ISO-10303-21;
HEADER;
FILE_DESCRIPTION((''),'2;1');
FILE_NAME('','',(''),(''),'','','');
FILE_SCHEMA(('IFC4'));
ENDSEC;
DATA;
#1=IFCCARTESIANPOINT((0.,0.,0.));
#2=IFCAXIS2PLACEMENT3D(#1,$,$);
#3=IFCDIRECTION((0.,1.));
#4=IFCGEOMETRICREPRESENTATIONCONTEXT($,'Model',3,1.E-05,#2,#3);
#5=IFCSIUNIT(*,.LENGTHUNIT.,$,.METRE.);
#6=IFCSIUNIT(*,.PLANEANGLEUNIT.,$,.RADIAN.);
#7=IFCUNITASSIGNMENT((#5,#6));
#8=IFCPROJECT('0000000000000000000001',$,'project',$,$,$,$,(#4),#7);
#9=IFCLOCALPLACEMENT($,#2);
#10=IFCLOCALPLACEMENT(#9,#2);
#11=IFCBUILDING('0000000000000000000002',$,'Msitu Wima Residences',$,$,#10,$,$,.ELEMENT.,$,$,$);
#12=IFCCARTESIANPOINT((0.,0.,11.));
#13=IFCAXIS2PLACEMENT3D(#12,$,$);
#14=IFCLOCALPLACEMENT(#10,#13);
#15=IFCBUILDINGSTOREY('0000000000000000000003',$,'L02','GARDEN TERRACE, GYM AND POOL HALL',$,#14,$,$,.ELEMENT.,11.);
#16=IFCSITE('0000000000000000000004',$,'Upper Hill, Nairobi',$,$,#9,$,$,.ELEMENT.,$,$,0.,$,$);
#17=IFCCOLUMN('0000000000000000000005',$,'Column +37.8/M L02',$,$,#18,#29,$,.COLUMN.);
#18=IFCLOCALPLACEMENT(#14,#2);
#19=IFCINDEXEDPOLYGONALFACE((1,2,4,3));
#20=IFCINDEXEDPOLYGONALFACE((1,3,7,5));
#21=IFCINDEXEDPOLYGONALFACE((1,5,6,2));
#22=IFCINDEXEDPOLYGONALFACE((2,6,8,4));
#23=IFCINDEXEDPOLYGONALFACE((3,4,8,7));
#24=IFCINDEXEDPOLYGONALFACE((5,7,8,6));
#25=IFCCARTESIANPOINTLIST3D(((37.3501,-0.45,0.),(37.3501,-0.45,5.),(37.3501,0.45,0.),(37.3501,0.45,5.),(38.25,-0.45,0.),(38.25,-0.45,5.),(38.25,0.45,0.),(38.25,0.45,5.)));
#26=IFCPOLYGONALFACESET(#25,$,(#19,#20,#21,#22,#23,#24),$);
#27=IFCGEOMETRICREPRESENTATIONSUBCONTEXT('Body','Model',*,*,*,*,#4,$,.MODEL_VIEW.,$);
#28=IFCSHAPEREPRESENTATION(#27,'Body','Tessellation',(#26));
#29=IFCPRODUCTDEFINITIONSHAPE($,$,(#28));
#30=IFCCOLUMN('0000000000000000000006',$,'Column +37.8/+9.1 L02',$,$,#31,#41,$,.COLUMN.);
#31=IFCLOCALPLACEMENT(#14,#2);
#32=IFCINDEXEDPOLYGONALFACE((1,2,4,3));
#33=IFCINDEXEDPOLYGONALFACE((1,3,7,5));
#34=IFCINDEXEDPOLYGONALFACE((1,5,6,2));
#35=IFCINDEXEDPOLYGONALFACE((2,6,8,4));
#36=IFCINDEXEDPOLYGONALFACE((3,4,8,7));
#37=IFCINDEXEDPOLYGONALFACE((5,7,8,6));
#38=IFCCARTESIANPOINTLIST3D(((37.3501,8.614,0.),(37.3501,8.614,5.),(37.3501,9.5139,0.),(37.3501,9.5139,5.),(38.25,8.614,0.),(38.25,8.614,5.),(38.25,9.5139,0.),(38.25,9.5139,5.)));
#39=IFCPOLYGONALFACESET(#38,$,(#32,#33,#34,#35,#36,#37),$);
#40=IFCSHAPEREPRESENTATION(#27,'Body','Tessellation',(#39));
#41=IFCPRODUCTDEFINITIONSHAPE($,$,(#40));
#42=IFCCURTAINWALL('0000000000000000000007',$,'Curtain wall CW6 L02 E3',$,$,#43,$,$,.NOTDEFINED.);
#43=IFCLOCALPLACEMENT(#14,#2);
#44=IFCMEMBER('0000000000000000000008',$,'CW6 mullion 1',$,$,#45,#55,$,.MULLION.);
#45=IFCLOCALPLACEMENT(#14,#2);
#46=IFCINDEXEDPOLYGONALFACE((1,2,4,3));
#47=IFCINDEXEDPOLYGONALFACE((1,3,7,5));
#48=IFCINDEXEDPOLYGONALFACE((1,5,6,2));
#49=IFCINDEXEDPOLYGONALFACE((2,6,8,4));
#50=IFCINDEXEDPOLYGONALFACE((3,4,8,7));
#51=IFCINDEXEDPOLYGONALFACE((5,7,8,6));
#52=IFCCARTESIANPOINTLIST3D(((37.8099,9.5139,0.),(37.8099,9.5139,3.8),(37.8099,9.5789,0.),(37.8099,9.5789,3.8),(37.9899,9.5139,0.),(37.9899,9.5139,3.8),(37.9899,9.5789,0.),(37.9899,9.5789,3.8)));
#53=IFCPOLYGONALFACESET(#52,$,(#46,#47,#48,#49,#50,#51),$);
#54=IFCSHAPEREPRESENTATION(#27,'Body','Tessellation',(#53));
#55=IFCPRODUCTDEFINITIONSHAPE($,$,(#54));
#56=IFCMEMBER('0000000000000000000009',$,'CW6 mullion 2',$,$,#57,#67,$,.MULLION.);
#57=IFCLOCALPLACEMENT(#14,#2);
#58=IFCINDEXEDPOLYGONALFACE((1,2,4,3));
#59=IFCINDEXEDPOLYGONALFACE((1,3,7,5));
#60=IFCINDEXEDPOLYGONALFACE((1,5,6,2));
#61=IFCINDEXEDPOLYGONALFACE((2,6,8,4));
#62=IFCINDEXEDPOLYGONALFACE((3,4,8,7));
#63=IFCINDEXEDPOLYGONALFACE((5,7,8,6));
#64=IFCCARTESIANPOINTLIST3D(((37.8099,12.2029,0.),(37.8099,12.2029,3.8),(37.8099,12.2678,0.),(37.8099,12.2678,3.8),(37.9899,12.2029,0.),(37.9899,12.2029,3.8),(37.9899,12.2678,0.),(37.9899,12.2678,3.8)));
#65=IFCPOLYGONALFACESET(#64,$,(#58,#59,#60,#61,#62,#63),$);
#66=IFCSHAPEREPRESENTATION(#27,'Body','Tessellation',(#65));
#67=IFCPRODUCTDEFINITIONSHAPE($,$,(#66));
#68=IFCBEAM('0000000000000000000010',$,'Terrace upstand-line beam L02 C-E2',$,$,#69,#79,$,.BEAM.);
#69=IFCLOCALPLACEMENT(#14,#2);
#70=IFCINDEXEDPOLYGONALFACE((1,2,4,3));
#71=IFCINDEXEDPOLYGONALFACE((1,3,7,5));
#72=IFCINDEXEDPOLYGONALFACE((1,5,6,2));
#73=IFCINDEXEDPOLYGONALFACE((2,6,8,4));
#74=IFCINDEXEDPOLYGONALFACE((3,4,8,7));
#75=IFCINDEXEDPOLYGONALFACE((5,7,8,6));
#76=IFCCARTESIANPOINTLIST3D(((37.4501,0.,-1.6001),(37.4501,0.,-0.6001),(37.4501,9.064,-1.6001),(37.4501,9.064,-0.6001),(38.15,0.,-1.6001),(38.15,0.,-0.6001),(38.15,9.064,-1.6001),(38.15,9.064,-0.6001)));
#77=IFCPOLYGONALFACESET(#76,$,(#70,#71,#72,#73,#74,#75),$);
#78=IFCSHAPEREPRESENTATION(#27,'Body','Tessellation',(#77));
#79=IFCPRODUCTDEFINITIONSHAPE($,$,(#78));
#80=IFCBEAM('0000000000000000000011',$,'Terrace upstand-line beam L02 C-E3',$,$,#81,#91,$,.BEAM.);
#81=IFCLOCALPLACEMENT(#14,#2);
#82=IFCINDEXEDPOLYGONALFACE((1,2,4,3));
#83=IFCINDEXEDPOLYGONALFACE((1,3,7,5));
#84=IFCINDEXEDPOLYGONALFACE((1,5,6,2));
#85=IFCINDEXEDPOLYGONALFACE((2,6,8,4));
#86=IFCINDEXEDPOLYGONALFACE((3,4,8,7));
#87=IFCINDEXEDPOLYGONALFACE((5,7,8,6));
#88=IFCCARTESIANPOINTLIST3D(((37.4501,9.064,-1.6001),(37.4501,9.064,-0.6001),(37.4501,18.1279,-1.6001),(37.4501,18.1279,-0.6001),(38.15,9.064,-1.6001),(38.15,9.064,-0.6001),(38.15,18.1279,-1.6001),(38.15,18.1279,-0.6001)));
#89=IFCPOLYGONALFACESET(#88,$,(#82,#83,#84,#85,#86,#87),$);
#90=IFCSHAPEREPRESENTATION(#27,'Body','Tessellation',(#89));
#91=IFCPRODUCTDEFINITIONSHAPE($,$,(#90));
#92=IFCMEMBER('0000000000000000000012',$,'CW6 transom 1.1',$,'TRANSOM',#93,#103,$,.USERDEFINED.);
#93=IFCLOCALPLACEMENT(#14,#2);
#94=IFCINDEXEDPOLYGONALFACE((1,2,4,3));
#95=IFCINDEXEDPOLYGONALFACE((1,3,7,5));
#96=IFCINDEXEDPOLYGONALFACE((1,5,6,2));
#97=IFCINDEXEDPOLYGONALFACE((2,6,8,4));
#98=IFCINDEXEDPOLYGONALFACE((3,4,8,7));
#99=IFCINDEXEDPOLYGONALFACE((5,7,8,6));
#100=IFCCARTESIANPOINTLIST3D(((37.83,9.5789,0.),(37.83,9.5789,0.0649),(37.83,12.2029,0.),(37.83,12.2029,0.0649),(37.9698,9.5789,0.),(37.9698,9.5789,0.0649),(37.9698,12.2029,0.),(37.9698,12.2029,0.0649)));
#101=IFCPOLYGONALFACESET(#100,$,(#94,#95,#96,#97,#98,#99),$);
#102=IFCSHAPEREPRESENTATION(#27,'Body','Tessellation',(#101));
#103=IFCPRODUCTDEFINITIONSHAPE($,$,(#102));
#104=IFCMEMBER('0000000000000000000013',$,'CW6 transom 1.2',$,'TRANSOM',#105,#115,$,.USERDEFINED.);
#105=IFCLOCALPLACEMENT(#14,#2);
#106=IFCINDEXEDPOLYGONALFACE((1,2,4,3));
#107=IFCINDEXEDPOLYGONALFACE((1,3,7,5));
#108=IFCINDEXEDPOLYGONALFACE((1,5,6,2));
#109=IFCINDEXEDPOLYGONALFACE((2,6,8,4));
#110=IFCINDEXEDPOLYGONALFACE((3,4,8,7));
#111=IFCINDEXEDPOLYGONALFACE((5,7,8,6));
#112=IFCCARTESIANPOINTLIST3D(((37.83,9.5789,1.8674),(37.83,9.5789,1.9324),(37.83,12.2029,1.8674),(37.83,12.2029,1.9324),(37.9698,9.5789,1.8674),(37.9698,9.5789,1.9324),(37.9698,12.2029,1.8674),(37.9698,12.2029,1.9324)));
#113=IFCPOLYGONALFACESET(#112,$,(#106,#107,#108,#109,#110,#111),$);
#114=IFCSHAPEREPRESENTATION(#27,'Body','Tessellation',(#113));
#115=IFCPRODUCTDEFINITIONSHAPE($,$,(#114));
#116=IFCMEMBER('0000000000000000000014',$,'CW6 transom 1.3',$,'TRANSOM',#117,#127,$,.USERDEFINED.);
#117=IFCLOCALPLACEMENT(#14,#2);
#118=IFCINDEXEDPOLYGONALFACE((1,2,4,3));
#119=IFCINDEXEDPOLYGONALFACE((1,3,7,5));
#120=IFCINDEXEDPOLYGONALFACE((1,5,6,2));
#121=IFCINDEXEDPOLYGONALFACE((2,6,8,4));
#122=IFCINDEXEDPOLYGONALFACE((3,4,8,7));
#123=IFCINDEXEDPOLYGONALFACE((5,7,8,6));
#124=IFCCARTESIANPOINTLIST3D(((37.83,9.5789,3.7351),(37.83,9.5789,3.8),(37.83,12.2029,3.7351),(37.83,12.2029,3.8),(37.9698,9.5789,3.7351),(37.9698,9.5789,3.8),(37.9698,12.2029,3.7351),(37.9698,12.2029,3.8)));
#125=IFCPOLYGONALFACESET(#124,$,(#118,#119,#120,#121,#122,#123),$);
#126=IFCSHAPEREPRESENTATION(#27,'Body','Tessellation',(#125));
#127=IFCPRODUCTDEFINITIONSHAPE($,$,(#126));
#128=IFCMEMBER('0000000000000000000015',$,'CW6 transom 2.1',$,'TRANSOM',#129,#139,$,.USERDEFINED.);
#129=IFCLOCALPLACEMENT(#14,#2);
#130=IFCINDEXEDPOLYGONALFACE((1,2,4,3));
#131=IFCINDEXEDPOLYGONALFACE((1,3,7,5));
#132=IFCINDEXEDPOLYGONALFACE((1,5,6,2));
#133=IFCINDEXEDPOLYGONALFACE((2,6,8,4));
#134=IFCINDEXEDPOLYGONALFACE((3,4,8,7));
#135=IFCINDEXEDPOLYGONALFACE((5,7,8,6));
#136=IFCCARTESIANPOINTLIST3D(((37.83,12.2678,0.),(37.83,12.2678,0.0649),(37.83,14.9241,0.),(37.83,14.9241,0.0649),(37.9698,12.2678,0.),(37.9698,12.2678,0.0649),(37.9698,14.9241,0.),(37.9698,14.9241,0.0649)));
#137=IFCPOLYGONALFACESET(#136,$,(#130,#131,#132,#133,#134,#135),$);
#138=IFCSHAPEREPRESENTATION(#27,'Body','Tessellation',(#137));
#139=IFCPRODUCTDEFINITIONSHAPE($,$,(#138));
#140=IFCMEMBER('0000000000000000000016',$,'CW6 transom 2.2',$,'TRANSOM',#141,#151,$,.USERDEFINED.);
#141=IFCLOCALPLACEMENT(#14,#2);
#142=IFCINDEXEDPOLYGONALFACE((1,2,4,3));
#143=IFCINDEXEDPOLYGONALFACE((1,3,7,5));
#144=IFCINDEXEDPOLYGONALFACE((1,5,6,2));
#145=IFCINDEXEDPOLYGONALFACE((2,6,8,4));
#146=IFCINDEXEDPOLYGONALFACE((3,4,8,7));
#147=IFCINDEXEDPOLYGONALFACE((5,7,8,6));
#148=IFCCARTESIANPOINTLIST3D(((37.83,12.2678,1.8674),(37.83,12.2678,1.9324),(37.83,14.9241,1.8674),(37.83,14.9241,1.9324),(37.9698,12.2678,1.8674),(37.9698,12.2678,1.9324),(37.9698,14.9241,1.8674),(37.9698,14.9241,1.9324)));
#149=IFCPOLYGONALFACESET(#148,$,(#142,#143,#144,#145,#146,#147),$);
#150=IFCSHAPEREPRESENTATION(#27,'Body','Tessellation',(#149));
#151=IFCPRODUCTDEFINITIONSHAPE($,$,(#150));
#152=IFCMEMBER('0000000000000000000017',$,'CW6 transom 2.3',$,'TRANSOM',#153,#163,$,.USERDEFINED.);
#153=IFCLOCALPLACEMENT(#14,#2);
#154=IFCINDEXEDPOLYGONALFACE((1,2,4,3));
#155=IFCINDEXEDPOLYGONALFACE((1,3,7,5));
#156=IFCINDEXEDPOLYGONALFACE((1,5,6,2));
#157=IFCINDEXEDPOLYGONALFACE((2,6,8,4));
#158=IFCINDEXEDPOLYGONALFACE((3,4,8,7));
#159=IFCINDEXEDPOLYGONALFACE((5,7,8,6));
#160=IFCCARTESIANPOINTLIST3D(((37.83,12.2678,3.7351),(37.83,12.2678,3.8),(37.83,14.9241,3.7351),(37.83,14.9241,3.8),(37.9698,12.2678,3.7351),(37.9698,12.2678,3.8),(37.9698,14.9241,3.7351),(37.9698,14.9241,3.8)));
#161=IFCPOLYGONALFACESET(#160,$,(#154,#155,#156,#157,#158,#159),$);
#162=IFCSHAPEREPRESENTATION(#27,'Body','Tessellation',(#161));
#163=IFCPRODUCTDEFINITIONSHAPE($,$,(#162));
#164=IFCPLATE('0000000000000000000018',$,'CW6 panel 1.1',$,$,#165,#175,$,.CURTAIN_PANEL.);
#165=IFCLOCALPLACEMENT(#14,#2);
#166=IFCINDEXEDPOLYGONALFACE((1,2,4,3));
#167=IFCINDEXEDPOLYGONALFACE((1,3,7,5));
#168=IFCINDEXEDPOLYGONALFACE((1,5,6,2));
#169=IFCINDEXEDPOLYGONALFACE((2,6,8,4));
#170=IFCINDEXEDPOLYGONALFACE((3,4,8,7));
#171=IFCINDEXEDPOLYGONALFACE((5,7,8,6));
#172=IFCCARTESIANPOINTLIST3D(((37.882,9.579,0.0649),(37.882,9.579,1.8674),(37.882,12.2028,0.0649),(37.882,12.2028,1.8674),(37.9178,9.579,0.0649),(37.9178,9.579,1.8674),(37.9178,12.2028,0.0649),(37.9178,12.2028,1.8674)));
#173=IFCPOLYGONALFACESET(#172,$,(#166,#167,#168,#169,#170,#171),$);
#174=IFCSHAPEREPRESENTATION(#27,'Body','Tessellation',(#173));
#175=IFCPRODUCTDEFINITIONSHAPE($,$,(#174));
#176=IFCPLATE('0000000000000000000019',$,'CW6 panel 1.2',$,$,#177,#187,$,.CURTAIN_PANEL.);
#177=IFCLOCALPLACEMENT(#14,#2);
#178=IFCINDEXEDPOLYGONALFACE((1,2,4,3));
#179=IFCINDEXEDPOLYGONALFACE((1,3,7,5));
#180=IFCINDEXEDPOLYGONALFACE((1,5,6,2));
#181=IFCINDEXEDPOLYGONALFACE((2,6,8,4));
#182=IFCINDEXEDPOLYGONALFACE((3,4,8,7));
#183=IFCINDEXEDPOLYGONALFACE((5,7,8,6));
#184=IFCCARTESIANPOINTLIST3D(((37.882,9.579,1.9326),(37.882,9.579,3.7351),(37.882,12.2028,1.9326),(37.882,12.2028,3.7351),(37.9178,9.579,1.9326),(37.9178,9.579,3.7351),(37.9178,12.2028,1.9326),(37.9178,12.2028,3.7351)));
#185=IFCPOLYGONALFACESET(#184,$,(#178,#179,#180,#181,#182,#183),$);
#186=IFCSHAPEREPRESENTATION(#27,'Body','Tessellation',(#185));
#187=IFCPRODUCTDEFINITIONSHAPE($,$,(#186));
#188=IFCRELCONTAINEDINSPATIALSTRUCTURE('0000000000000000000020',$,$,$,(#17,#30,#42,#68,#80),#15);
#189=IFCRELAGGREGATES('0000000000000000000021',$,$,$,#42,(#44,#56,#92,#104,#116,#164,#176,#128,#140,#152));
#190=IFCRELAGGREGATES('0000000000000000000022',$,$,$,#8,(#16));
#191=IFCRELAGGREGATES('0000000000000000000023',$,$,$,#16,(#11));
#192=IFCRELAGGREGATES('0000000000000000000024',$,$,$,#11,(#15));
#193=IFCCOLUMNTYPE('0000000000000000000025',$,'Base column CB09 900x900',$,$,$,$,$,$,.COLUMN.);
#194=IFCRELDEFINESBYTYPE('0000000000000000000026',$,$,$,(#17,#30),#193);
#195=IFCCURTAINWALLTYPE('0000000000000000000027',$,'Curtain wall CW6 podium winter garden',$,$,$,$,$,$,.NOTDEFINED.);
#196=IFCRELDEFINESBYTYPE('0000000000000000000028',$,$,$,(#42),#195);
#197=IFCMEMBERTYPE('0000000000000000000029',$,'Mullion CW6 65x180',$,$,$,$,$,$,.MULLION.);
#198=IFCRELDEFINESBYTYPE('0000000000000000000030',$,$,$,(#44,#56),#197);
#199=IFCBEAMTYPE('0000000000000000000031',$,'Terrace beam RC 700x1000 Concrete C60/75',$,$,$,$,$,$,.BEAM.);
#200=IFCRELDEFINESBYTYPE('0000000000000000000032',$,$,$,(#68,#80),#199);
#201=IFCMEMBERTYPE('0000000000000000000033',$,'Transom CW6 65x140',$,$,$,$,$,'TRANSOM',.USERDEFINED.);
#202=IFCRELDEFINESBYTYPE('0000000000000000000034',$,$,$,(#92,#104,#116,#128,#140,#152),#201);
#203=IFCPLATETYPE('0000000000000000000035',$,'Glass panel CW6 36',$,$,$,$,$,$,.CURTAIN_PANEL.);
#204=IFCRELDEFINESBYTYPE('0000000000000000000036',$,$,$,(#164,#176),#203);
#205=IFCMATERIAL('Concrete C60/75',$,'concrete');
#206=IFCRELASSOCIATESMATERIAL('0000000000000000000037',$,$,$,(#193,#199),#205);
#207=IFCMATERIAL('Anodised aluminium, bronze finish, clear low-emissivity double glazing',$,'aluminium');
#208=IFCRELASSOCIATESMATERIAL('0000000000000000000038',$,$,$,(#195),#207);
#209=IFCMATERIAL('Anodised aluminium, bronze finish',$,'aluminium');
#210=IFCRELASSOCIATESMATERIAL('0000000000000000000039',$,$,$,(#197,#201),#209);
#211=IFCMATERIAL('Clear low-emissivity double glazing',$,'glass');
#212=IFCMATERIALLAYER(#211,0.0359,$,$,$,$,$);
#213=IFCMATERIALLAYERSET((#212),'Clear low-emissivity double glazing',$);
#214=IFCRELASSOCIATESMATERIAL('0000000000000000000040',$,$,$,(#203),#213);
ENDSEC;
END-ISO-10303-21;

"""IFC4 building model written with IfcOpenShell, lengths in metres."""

from ifc_helpers import new_model, si_unit, direction, frame, origin, origin_2d, place, context, subcontext, project, spatial, rectangle, extrude, material, layer, layer_set, material_profile, profile_set, type_object, element, aggregate, save


model = new_model("IFC4")

# Units and contexts
model_context = context("Model", 3, precision=1e-05, world=origin(), true_north=direction((0.0, 1.0)))
body_context = subcontext(model_context, "Body", "Model", "MODEL_VIEW")
ifc_project = project(units=[si_unit("LENGTHUNIT", "METRE"), si_unit("PLANEANGLEUNIT", "RADIAN")], contexts=[model_context])

# Site, building, storey
site_placement = place(None, origin())
site = spatial("IfcSite", under=ifc_project, at=site_placement, Name="Upper Hill, Nairobi", CompositionType="ELEMENT", RefElevation=0.0)
building_placement = place(site_placement, origin())
building = spatial("IfcBuilding", under=site, at=building_placement, Name="Msitu Wima Residences", CompositionType="ELEMENT")
storey_placement = place(building_placement, frame((0.0, 0.0, 11.0)))
storey = spatial("IfcBuildingStorey", under=building, at=storey_placement, Name="L02", Description="GARDEN TERRACE, GYM AND POOL HALL", CompositionType="ELEMENT", Elevation=11.0)

# Columns
ifc_material_1 = material(Name="Concrete C60/75", Category="concrete")
ifc_material_profile_1 = material_profile(ifc_material_1, rectangle(XDim=0.8999, YDim=0.8999, at=origin_2d()), Name="RC 900x900")
ifc_profile_set_1 = profile_set([ifc_material_profile_1], Name="Concrete C60/75")
column_type = type_object("IfcColumnType", Name="Base column CB09 900x900", PredefinedType="COLUMN", material=ifc_profile_set_1)
for number, where, z_axis, x_axis, name in (
    (1, (37.8, 0.0, 0.0), (0.0, 0.0, 1.0), (1.0, 0.0, 0.0), "Column +37.8/M L02"),
    (2, (37.8, 9.064, 0.0), (0.0, 0.0, 1.0), (1.0, 0.0, 0.0), "Column +37.8/+9.1 L02"),
):
    element("IfcColumn", number, at=place(storey_placement, frame(where, z_axis=z_axis, x_axis=x_axis)), inside=storey, type_object=column_type, Name=name, PredefinedType="COLUMN", context=body_context, shape_type="SweptSolid", body=[
        extrude(rectangle(XDim=0.8999, YDim=0.8999, at=origin_2d()), origin(), (0.0, 0.0, 1.0), 5.0),
    ])

# Curtain wall, members
ifc_material_2 = material(Name="Anodised aluminium, bronze finish, clear low-emissivity double glazing", Category="aluminium")
curtain_wall_type = type_object("IfcCurtainWallType", Name="Curtain wall CW6 podium winter garden", PredefinedType="NOTDEFINED", material=ifc_material_2)
curtain_wall_placement = place(storey_placement, origin())
curtain_wall = element("IfcCurtainWall", 3, at=curtain_wall_placement, inside=storey, type_object=curtain_wall_type, Name="Curtain wall CW6 L02 E3", PredefinedType="NOTDEFINED")
ifc_material_3 = material(Name="Anodised aluminium, bronze finish", Category="aluminium")
ifc_material_profile_2 = material_profile(ifc_material_3, rectangle(XDim=0.1799, YDim=0.0649, at=origin_2d()), Name="Mullion 65x180")
ifc_profile_set_2 = profile_set([ifc_material_profile_2], Name="Anodised aluminium, bronze finish")
member_type_1 = type_object("IfcMemberType", Name="Mullion CW6 65x180", PredefinedType="MULLION", material=ifc_profile_set_2)
member_1_placement = place(storey_placement, frame((37.8999, 9.5464, 0.0), z_axis=(0.0, 0.0, 1.0), x_axis=(-1.0, 0.0, 0.0)))
member_1 = element("IfcMember", 4, at=member_1_placement, type_object=member_type_1, Name="CW6 mullion 1", PredefinedType="MULLION", context=body_context, shape_type="SweptSolid", body=[
    extrude(rectangle(XDim=0.1799, YDim=0.0649, at=origin_2d()), origin(), (0.0, 0.0, 1.0), 3.8),
])
member_2_placement = place(storey_placement, frame((37.8999, 12.2354, 0.0), z_axis=(0.0, 0.0, 1.0), x_axis=(-1.0, 0.0, 0.0)))
member_2 = element("IfcMember", 5, at=member_2_placement, type_object=member_type_1, Name="CW6 mullion 2", PredefinedType="MULLION", context=body_context, shape_type="SweptSolid", body=[
    extrude(rectangle(XDim=0.1799, YDim=0.0649, at=origin_2d()), origin(), (0.0, 0.0, 1.0), 3.8),
])

# Beams
ifc_material_profile_3 = material_profile(ifc_material_1, rectangle(XDim=0.7, YDim=1.0, at=origin_2d()), Name="RC 700x1000")
ifc_profile_set_3 = profile_set([ifc_material_profile_3], Name="Concrete C60/75")
beam_type = type_object("IfcBeamType", Name="Terrace beam RC 700x1000 Concrete C60/75", PredefinedType="BEAM", material=ifc_profile_set_3)
for number, where, z_axis, x_axis, name in (
    (6, (37.8, 0.0, -1.1001), (0.0, 1.0, 0.0), (-1.0, 0.0, 0.0), "Terrace upstand-line beam L02 C-E2"),
    (7, (37.8, 9.064, -1.1001), (0.0, 1.0, 0.0), (-1.0, 0.0, 0.0), "Terrace upstand-line beam L02 C-E3"),
):
    element("IfcBeam", number, at=place(storey_placement, frame(where, z_axis=z_axis, x_axis=x_axis)), inside=storey, type_object=beam_type, Name=name, PredefinedType="BEAM", context=body_context, shape_type="SweptSolid", body=[
        extrude(rectangle(XDim=0.7, YDim=1.0, at=origin_2d()), origin(), (0.0, 0.0, 1.0), 9.064),
    ])

# Members
ifc_material_profile_4 = material_profile(ifc_material_3, rectangle(XDim=0.1399, YDim=0.0649, at=origin_2d()), Name="Transom 65x140")
ifc_profile_set_4 = profile_set([ifc_material_profile_4], Name="Anodised aluminium, bronze finish")
member_type_2 = type_object("IfcMemberType", Name="Transom CW6 65x140", ElementType="TRANSOM", PredefinedType="USERDEFINED", material=ifc_profile_set_4)
member_3_placement = place(storey_placement, frame((37.8999, 9.5789, 0.0325), z_axis=(0.0, 1.0, 0.0), x_axis=(-1.0, 0.0, 0.0)))
member_3 = element("IfcMember", 8, at=member_3_placement, type_object=member_type_2, Name="CW6 transom 1.1", ObjectType="TRANSOM", PredefinedType="USERDEFINED", context=body_context, shape_type="SweptSolid", body=[
    extrude(rectangle(XDim=0.1399, YDim=0.0649, at=origin_2d()), origin(), (0.0, 0.0, 1.0), 2.624),
])
member_4_placement = place(storey_placement, frame((37.8999, 9.5789, 1.8999), z_axis=(0.0, 1.0, 0.0), x_axis=(-1.0, 0.0, 0.0)))
member_4 = element("IfcMember", 9, at=member_4_placement, type_object=member_type_2, Name="CW6 transom 1.2", ObjectType="TRANSOM", PredefinedType="USERDEFINED", context=body_context, shape_type="SweptSolid", body=[
    extrude(rectangle(XDim=0.1399, YDim=0.0649, at=origin_2d()), origin(), (0.0, 0.0, 1.0), 2.624),
])
member_5_placement = place(storey_placement, frame((37.8999, 9.5789, 3.7676), z_axis=(0.0, 1.0, 0.0), x_axis=(-1.0, 0.0, 0.0)))
member_5 = element("IfcMember", 10, at=member_5_placement, type_object=member_type_2, Name="CW6 transom 1.3", ObjectType="TRANSOM", PredefinedType="USERDEFINED", context=body_context, shape_type="SweptSolid", body=[
    extrude(rectangle(XDim=0.1399, YDim=0.0649, at=origin_2d()), origin(), (0.0, 0.0, 1.0), 2.624),
])
member_6_placement = place(storey_placement, frame((37.8999, 12.2678, 0.0325), z_axis=(0.0, 1.0, 0.0), x_axis=(-1.0, 0.0, 0.0)))
member_6 = element("IfcMember", 11, at=member_6_placement, type_object=member_type_2, Name="CW6 transom 2.1", ObjectType="TRANSOM", PredefinedType="USERDEFINED", context=body_context, shape_type="SweptSolid", body=[
    extrude(rectangle(XDim=0.1399, YDim=0.0649, at=origin_2d()), origin(), (0.0, 0.0, 1.0), 2.6562),
])
member_7_placement = place(storey_placement, frame((37.8999, 12.2678, 1.8999), z_axis=(0.0, 1.0, 0.0), x_axis=(-1.0, 0.0, 0.0)))
member_7 = element("IfcMember", 12, at=member_7_placement, type_object=member_type_2, Name="CW6 transom 2.2", ObjectType="TRANSOM", PredefinedType="USERDEFINED", context=body_context, shape_type="SweptSolid", body=[
    extrude(rectangle(XDim=0.1399, YDim=0.0649, at=origin_2d()), origin(), (0.0, 0.0, 1.0), 2.6562),
])
member_8_placement = place(storey_placement, frame((37.8999, 12.2678, 3.7676), z_axis=(0.0, 1.0, 0.0), x_axis=(-1.0, 0.0, 0.0)))
member_8 = element("IfcMember", 13, at=member_8_placement, type_object=member_type_2, Name="CW6 transom 2.3", ObjectType="TRANSOM", PredefinedType="USERDEFINED", context=body_context, shape_type="SweptSolid", body=[
    extrude(rectangle(XDim=0.1399, YDim=0.0649, at=origin_2d()), origin(), (0.0, 0.0, 1.0), 2.6562),
])

# Plates
ifc_material_4 = material(Name="Clear low-emissivity double glazing", Category="glass")
ifc_layer_1 = layer(ifc_material_4, 0.0359)
ifc_layer_set_1 = layer_set([ifc_layer_1], Name="Clear low-emissivity double glazing")
plate_type = type_object("IfcPlateType", Name="Glass panel CW6 36", PredefinedType="CURTAIN_PANEL", material=ifc_layer_set_1)
plate_1_placement = place(storey_placement, frame((37.8999, 10.8909, 0.0649), z_axis=(0.0, 0.0, 1.0), x_axis=(0.0, 1.0, 0.0)))
plate_1 = element("IfcPlate", 14, at=plate_1_placement, type_object=plate_type, Name="CW6 panel 1.1", PredefinedType="CURTAIN_PANEL", context=body_context, shape_type="SweptSolid", body=[
    extrude(rectangle(XDim=2.6238, YDim=0.0359, at=origin_2d()), origin(), (0.0, 0.0, 1.0), 1.8025),
])
plate_2_placement = place(storey_placement, frame((37.8999, 10.8909, 1.9326), z_axis=(0.0, 0.0, 1.0), x_axis=(0.0, 1.0, 0.0)))
plate_2 = element("IfcPlate", 15, at=plate_2_placement, type_object=plate_type, Name="CW6 panel 1.2", PredefinedType="CURTAIN_PANEL", context=body_context, shape_type="SweptSolid", body=[
    extrude(rectangle(XDim=2.6238, YDim=0.0359, at=origin_2d()), origin(), (0.0, 0.0, 1.0), 1.8025),
])
aggregate(curtain_wall, [member_1, member_2, member_3, member_4, member_5, plate_1, plate_2, member_6, member_7, member_8])

save(model, "model.ifc")
